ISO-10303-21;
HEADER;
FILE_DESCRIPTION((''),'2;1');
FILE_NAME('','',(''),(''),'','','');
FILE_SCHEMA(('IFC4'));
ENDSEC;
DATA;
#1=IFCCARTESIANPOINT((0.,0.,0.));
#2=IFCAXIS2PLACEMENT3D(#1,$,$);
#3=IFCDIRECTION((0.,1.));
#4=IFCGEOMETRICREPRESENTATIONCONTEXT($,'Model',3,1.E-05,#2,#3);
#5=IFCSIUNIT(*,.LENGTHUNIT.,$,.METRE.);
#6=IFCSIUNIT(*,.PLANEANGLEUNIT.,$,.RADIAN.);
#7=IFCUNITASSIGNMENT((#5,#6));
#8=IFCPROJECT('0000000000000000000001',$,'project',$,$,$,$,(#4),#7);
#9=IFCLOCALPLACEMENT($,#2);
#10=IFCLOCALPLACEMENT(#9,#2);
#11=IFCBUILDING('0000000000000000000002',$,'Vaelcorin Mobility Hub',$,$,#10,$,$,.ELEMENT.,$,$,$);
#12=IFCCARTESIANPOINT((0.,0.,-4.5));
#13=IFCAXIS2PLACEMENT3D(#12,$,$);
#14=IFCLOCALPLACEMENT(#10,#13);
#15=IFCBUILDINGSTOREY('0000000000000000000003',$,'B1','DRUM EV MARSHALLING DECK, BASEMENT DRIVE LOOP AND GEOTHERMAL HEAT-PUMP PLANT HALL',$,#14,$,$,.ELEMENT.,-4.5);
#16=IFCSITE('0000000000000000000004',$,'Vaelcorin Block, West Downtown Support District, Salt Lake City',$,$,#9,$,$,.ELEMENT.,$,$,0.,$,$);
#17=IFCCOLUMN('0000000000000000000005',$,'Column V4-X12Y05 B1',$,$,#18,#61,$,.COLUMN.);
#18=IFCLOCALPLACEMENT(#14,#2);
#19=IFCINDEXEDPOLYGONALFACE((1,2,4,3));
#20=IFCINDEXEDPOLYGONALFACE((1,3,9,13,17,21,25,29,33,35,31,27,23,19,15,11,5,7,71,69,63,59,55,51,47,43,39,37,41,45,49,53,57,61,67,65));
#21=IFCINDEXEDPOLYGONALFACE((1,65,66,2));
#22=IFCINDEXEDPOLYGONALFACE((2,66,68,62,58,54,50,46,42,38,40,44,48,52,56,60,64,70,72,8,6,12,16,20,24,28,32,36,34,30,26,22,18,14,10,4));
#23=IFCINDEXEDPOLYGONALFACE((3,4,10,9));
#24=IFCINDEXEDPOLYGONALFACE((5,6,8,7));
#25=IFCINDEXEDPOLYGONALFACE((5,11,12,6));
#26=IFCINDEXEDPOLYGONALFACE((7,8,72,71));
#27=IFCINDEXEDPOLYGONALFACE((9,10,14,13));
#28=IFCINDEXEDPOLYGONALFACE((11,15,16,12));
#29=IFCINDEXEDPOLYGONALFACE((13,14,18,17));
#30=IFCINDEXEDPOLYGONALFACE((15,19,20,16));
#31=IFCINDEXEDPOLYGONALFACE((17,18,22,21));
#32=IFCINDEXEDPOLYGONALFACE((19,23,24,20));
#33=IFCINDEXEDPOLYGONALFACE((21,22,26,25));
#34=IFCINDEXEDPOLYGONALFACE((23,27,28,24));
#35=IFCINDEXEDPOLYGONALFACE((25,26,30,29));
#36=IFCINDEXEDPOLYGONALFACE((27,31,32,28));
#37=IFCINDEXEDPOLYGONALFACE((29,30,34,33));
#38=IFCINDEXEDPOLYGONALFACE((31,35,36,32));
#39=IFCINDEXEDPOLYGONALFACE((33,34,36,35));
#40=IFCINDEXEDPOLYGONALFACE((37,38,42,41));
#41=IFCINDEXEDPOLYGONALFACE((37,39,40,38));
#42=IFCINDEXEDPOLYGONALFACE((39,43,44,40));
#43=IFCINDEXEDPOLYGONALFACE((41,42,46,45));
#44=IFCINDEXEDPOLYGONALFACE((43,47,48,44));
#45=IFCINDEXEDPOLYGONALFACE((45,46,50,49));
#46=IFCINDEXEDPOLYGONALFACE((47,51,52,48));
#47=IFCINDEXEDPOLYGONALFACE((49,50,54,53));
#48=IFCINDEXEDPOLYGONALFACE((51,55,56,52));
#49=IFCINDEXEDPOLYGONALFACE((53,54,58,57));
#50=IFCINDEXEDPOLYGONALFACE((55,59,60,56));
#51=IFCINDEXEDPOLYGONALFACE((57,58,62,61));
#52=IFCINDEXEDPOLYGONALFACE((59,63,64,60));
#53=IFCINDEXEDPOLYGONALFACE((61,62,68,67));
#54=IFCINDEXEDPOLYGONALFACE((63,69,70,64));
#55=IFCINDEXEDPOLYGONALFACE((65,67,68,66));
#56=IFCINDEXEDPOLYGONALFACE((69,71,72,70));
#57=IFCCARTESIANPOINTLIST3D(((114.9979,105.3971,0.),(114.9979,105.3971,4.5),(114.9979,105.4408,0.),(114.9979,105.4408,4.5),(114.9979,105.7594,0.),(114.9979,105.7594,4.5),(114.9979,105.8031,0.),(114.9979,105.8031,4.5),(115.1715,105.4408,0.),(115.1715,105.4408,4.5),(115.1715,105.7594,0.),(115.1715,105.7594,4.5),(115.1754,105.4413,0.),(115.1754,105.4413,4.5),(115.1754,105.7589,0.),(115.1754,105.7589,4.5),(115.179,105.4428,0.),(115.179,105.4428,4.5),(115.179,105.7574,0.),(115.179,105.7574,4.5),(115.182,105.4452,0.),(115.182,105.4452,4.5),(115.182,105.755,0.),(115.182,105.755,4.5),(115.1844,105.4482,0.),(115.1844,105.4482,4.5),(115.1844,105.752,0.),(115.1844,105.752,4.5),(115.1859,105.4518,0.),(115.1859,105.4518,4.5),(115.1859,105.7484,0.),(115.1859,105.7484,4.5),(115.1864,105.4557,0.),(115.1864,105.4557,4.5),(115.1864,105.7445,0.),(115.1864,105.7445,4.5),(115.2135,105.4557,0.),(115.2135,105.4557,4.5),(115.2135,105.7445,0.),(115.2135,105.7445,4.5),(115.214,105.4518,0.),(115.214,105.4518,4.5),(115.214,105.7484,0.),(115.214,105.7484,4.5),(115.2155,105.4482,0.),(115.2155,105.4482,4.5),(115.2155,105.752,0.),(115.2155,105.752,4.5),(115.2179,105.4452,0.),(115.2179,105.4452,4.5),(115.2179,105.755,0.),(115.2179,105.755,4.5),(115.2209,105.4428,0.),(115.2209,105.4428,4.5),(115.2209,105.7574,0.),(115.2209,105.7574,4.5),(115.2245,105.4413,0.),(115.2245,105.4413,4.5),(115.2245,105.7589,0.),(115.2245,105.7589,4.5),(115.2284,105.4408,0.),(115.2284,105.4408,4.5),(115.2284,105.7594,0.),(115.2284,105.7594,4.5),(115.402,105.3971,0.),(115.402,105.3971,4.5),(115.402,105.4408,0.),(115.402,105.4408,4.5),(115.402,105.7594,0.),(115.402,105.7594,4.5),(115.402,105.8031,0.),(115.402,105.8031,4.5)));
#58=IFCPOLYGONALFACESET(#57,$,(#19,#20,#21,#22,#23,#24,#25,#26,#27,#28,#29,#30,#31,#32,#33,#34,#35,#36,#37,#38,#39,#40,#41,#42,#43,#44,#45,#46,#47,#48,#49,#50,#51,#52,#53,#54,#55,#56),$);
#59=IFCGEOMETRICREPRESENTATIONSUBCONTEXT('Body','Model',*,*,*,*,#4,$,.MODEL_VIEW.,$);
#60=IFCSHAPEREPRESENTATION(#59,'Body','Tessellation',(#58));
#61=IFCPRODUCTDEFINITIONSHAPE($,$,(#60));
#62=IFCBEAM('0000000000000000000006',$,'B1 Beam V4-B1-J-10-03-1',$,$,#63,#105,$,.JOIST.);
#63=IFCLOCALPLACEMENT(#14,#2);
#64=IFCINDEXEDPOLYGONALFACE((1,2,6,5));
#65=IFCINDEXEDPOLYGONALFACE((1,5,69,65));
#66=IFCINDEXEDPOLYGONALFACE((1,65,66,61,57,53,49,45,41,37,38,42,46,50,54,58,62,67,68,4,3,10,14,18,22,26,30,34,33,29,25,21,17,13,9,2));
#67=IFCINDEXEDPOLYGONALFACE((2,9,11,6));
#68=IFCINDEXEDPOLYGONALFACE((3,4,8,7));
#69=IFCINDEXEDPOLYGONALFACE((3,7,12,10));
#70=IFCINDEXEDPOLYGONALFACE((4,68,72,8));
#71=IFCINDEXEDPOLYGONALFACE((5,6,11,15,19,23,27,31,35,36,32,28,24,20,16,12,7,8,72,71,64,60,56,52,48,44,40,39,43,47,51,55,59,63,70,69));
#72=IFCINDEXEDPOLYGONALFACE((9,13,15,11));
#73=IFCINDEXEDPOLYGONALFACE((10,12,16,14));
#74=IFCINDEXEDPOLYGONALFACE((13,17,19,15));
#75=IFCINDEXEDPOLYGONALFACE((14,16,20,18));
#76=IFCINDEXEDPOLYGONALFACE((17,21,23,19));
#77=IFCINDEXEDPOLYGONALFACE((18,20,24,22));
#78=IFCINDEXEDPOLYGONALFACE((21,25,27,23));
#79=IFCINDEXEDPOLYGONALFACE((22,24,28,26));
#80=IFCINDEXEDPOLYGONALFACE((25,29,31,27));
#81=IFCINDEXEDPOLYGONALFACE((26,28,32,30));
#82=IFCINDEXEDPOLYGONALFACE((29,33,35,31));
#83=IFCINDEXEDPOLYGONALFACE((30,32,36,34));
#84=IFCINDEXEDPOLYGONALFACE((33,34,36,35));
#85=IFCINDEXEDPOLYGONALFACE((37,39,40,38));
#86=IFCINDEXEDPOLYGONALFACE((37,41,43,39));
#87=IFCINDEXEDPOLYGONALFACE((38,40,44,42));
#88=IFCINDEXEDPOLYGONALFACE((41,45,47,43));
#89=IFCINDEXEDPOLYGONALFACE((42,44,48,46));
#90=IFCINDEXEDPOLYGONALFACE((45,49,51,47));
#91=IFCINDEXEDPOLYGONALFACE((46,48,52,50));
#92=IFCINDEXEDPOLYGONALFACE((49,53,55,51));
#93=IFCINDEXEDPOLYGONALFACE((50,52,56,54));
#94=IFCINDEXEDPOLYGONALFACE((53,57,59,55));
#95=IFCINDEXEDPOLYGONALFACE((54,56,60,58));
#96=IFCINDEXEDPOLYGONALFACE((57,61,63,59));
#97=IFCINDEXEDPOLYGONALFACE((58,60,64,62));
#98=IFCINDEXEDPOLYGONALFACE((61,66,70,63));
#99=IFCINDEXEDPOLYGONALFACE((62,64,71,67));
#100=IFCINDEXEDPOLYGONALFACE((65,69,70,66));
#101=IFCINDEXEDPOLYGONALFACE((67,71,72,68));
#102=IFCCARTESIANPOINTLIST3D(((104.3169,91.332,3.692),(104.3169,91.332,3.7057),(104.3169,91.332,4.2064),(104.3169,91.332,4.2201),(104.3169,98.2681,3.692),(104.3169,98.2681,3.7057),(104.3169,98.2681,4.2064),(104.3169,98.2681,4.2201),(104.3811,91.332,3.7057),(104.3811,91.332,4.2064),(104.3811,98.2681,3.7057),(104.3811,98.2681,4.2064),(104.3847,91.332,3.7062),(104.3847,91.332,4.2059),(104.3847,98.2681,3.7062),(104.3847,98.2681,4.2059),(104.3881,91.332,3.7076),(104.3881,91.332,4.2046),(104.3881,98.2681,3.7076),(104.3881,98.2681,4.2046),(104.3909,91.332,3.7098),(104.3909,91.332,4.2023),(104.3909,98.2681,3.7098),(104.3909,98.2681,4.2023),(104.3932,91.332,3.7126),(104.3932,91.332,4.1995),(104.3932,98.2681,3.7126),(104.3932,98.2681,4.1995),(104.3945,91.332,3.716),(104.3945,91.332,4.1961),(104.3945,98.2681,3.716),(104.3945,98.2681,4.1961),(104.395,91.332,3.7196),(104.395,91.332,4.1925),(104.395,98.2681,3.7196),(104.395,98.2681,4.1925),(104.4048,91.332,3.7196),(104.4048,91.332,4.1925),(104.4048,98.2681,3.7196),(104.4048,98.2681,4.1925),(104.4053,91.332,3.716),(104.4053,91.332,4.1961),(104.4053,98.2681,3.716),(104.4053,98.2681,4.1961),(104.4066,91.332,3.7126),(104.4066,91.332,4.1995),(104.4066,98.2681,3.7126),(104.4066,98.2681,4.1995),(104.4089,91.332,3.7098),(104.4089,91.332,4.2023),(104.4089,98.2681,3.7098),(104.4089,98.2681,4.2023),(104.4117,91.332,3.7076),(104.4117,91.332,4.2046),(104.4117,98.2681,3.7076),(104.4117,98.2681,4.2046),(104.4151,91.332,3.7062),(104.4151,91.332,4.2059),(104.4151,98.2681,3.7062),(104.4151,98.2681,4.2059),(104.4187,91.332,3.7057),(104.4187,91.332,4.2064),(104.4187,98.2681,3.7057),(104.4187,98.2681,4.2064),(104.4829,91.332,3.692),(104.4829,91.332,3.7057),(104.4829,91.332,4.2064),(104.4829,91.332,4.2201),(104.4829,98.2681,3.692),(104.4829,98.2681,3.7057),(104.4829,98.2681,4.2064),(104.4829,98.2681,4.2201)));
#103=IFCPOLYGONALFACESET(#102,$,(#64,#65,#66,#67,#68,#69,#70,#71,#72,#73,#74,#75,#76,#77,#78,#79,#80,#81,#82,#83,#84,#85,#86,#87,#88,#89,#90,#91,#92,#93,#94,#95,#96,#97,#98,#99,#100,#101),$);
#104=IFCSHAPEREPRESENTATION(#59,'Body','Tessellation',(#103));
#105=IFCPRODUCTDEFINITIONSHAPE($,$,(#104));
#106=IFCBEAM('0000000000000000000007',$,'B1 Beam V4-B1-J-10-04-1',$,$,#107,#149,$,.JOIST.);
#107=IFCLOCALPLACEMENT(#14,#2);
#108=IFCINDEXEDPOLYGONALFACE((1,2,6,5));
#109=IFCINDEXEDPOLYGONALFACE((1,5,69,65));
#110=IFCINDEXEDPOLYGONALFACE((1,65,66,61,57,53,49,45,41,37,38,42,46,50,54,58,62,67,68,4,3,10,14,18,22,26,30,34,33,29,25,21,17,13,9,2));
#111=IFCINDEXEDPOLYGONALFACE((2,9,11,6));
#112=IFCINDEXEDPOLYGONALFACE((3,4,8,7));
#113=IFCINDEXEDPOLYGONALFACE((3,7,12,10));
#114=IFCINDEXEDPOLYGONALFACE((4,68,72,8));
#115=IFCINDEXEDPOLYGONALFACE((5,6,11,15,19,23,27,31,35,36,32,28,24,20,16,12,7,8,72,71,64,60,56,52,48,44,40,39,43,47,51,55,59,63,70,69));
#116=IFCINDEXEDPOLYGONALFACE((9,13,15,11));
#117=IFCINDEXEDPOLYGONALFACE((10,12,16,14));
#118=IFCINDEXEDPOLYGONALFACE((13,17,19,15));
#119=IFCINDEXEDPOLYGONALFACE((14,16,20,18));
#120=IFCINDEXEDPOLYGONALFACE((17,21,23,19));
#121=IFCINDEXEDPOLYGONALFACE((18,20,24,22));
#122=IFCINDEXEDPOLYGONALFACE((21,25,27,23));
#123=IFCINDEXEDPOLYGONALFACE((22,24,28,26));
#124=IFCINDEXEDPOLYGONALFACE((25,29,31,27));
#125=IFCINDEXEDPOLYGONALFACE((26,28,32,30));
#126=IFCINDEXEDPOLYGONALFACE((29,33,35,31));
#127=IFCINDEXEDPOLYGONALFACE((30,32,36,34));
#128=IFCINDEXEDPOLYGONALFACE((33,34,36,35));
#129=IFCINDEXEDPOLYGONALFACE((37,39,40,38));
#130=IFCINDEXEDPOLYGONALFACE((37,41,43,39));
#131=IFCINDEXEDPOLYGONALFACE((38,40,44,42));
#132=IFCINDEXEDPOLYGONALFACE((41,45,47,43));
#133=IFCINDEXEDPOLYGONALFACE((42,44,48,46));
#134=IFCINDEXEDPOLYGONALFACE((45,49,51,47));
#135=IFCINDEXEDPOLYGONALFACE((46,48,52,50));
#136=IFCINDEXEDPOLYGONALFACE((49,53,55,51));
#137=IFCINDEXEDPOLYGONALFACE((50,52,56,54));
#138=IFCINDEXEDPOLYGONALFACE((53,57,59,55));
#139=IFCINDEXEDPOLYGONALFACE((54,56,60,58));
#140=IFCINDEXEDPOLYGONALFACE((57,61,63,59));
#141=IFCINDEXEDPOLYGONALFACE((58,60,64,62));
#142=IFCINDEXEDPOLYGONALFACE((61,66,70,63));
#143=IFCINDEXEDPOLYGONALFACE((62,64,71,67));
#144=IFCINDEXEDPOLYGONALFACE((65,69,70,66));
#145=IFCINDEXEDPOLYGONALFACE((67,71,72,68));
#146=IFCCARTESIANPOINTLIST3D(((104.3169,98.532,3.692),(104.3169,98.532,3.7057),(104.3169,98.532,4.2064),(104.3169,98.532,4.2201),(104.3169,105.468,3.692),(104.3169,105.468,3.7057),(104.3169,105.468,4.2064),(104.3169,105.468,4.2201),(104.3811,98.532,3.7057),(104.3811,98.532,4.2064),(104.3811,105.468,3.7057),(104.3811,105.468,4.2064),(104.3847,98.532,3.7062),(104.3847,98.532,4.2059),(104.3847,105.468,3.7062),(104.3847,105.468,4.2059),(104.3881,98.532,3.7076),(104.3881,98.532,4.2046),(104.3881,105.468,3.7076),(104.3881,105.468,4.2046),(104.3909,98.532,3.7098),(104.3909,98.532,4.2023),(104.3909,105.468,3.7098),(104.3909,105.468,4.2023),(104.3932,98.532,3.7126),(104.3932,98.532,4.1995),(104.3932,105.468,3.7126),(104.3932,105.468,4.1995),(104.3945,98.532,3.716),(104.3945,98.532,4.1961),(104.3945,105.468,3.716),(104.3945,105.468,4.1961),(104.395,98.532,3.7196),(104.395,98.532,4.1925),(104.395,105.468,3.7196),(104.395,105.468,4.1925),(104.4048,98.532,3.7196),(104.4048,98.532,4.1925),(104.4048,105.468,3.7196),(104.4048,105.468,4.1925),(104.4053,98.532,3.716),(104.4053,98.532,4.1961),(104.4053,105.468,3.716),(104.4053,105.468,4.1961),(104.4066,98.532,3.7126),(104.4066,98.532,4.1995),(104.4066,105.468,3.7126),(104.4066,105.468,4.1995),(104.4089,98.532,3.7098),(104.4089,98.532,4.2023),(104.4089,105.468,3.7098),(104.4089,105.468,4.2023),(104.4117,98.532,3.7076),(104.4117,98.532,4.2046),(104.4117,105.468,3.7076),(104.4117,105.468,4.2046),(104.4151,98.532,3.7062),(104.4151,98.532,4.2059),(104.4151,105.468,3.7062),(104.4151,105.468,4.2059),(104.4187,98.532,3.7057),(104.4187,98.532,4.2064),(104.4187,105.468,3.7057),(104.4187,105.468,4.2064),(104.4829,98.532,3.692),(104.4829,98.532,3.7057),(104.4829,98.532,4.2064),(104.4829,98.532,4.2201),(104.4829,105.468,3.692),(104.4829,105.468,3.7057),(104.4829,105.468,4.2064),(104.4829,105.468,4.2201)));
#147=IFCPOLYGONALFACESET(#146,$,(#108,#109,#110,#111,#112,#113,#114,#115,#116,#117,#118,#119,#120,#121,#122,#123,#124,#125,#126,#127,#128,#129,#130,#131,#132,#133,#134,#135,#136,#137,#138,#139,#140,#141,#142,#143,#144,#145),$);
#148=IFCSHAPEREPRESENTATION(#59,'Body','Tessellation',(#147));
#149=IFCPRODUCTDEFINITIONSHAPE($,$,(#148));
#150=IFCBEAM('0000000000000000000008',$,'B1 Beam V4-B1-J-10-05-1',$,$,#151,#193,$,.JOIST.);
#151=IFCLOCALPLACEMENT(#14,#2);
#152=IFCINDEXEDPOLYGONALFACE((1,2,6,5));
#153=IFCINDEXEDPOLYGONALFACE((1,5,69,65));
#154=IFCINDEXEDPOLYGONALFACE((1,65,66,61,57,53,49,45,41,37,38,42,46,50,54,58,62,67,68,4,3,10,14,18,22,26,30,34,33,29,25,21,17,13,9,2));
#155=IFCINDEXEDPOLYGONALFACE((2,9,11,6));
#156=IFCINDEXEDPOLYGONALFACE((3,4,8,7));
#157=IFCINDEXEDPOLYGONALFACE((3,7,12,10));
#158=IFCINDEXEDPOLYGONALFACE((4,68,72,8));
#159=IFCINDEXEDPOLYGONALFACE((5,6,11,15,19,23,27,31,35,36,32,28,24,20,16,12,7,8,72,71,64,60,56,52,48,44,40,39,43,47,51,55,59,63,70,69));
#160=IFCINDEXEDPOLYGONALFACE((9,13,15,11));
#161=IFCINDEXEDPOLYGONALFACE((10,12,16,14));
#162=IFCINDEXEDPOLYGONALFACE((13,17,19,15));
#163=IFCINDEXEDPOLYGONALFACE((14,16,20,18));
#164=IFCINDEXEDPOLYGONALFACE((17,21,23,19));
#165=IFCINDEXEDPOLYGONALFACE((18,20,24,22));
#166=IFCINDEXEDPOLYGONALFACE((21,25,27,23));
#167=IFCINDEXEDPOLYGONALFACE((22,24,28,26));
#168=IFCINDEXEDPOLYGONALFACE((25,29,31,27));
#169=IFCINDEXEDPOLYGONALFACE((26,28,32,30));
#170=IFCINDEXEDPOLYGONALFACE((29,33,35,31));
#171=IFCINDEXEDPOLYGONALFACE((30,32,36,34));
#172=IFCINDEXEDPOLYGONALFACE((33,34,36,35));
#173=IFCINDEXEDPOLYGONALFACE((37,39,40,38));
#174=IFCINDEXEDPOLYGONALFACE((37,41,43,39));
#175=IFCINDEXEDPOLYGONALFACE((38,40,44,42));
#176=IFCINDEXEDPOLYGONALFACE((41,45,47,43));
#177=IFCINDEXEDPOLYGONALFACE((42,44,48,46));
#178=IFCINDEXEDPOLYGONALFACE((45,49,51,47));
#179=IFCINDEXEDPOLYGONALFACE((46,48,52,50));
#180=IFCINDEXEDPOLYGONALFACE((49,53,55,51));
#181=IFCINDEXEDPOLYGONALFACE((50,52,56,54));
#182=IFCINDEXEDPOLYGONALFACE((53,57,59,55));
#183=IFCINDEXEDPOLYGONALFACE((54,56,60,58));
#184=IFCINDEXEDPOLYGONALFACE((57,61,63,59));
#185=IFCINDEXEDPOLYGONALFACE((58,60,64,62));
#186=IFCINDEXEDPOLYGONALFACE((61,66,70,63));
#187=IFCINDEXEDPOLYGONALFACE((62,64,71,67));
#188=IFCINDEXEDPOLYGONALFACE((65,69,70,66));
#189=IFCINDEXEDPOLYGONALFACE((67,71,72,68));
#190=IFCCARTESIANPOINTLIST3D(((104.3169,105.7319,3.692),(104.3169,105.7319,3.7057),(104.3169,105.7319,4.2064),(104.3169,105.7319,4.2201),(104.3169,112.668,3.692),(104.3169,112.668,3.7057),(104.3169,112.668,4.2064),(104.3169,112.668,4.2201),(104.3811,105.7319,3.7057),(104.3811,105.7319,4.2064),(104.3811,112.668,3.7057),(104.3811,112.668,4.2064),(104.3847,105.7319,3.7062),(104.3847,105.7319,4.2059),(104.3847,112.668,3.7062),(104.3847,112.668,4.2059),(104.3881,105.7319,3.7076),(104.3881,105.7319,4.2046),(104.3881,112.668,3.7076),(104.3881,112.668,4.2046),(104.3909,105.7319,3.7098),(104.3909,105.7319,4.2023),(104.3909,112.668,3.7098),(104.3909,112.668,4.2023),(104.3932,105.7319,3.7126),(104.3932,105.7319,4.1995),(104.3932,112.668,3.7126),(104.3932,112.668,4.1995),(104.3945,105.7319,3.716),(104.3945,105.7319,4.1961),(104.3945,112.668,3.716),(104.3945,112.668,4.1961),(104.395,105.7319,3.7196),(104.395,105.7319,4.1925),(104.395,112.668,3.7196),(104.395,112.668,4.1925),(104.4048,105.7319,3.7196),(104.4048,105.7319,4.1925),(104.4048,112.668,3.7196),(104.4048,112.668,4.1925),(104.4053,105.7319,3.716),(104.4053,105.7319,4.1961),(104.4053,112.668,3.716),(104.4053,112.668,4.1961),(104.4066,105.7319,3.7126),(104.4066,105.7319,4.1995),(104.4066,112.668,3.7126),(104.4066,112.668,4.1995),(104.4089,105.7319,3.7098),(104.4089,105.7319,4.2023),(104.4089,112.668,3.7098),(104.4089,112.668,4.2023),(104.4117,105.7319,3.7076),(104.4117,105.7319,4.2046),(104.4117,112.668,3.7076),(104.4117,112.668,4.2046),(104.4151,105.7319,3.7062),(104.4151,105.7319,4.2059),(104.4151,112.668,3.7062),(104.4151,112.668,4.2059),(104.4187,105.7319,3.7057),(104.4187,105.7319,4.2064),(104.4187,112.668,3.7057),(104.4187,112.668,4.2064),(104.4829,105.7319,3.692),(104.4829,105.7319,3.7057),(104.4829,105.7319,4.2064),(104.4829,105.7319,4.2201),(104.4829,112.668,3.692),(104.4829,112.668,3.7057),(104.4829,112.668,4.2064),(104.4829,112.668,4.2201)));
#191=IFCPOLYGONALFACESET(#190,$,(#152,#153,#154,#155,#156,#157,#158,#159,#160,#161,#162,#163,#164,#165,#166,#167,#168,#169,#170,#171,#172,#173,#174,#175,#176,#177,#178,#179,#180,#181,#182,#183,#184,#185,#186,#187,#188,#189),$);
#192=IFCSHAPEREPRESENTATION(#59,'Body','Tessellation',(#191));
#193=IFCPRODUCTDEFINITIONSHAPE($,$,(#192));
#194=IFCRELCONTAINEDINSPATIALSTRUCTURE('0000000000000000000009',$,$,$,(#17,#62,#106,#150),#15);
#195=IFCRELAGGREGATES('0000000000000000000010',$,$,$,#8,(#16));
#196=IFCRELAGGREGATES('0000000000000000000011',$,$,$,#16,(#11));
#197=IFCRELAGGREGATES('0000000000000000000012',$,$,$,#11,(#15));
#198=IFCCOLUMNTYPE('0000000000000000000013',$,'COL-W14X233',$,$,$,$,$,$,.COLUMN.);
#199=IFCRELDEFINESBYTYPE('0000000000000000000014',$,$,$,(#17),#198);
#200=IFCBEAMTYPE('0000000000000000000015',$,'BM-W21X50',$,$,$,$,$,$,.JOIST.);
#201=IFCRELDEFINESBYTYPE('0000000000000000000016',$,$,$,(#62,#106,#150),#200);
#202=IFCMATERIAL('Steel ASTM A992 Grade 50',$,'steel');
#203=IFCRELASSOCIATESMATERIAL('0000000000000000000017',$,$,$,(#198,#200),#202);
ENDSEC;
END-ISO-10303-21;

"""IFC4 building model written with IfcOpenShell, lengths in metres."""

from ifc_helpers import new_model, si_unit, direction, frame, origin, origin_2d, place, context, subcontext, project, spatial, i_section, extrude, material, material_profile, profile_set, type_object, element, save


model = new_model("IFC4")

# Units and contexts
model_context = context("Model", 3, precision=1e-05, world=origin(), true_north=direction((0.0, 1.0)))
body_context = subcontext(model_context, "Body", "Model", "MODEL_VIEW")
ifc_project = project(units=[si_unit("LENGTHUNIT", "METRE"), si_unit("PLANEANGLEUNIT", "RADIAN")], contexts=[model_context])

# Site, building, storey
site_placement = place(None, origin())
site = spatial("IfcSite", under=ifc_project, at=site_placement, Name="Vaelcorin Block, West Downtown Support District, Salt Lake City", CompositionType="ELEMENT", RefElevation=0.0)
building_placement = place(site_placement, origin())
building = spatial("IfcBuilding", under=site, at=building_placement, Name="Vaelcorin Mobility Hub", CompositionType="ELEMENT")
storey_placement = place(building_placement, frame((0.0, 0.0, -4.5)))
storey = spatial("IfcBuildingStorey", under=building, at=storey_placement, Name="B1", Description="DRUM EV MARSHALLING DECK, BASEMENT DRIVE LOOP AND GEOTHERMAL HEAT-PUMP PLANT HALL", CompositionType="ELEMENT", Elevation=-4.5)

# Column
ifc_material_1 = material(Name="Steel ASTM A992 Grade 50", Category="steel")
ifc_material_profile_1 = material_profile(ifc_material_1, i_section(OverallWidth=0.4041, OverallDepth=0.406, WebThickness=0.0271, FlangeThickness=0.0437, FilletRadius=0.0149, at=origin_2d()), Name="W14X233")
ifc_profile_set_1 = profile_set([ifc_material_profile_1], Name="Steel ASTM A992 Grade 50")
column_type = type_object("IfcColumnType", Name="COL-W14X233", PredefinedType="COLUMN", material=ifc_profile_set_1)
for number, where, z_axis, x_axis, name in (
    (1, (115.2, 105.6001, 0.0), (0.0, 0.0, 1.0), (1.0, 0.0, 0.0), "Column V4-X12Y05 B1"),
):
    element("IfcColumn", number, at=place(storey_placement, frame(where, z_axis=z_axis, x_axis=x_axis)), inside=storey, type_object=column_type, Name=name, PredefinedType="COLUMN", context=body_context, shape_type="SweptSolid", body=[
        extrude(i_section(OverallWidth=0.4041, OverallDepth=0.406, WebThickness=0.0271, FlangeThickness=0.0437, FilletRadius=0.0149, at=origin_2d()), origin(), (0.0, 0.0, 1.0), 4.5),
    ])

# Beams
ifc_material_profile_2 = material_profile(ifc_material_1, i_section(OverallWidth=0.166, OverallDepth=0.5281, WebThickness=0.0098, FlangeThickness=0.0137, FilletRadius=0.0139, at=origin_2d()), Name="W21X50")
ifc_profile_set_2 = profile_set([ifc_material_profile_2], Name="Steel ASTM A992 Grade 50")
beam_type_1 = type_object("IfcBeamType", Name="BM-W21X50", PredefinedType="JOIST", material=ifc_profile_set_2)
for number, where, z_axis, x_axis, name in (
    (2, (104.3999, 91.332, 3.9561), (0.0, 1.0, 0.0), (-1.0, 0.0, 0.0), "B1 Beam V4-B1-J-10-03-1"),
    (3, (104.3999, 98.532, 3.9561), (0.0, 1.0, 0.0), (-1.0, 0.0, 0.0), "B1 Beam V4-B1-J-10-04-1"),
    (4, (104.3999, 105.7319, 3.9561), (0.0, 1.0, 0.0), (-1.0, 0.0, 0.0), "B1 Beam V4-B1-J-10-05-1"),
):
    element("IfcBeam", number, at=place(storey_placement, frame(where, z_axis=z_axis, x_axis=x_axis)), inside=storey, type_object=beam_type_1, Name=name, PredefinedType="JOIST", context=body_context, shape_type="SweptSolid", body=[
        extrude(i_section(OverallWidth=0.166, OverallDepth=0.5281, WebThickness=0.0098, FlangeThickness=0.0137, FilletRadius=0.0139, at=origin_2d()), origin(), (0.0, 0.0, 1.0), 6.936),
    ])

save(model, "model.ifc")
